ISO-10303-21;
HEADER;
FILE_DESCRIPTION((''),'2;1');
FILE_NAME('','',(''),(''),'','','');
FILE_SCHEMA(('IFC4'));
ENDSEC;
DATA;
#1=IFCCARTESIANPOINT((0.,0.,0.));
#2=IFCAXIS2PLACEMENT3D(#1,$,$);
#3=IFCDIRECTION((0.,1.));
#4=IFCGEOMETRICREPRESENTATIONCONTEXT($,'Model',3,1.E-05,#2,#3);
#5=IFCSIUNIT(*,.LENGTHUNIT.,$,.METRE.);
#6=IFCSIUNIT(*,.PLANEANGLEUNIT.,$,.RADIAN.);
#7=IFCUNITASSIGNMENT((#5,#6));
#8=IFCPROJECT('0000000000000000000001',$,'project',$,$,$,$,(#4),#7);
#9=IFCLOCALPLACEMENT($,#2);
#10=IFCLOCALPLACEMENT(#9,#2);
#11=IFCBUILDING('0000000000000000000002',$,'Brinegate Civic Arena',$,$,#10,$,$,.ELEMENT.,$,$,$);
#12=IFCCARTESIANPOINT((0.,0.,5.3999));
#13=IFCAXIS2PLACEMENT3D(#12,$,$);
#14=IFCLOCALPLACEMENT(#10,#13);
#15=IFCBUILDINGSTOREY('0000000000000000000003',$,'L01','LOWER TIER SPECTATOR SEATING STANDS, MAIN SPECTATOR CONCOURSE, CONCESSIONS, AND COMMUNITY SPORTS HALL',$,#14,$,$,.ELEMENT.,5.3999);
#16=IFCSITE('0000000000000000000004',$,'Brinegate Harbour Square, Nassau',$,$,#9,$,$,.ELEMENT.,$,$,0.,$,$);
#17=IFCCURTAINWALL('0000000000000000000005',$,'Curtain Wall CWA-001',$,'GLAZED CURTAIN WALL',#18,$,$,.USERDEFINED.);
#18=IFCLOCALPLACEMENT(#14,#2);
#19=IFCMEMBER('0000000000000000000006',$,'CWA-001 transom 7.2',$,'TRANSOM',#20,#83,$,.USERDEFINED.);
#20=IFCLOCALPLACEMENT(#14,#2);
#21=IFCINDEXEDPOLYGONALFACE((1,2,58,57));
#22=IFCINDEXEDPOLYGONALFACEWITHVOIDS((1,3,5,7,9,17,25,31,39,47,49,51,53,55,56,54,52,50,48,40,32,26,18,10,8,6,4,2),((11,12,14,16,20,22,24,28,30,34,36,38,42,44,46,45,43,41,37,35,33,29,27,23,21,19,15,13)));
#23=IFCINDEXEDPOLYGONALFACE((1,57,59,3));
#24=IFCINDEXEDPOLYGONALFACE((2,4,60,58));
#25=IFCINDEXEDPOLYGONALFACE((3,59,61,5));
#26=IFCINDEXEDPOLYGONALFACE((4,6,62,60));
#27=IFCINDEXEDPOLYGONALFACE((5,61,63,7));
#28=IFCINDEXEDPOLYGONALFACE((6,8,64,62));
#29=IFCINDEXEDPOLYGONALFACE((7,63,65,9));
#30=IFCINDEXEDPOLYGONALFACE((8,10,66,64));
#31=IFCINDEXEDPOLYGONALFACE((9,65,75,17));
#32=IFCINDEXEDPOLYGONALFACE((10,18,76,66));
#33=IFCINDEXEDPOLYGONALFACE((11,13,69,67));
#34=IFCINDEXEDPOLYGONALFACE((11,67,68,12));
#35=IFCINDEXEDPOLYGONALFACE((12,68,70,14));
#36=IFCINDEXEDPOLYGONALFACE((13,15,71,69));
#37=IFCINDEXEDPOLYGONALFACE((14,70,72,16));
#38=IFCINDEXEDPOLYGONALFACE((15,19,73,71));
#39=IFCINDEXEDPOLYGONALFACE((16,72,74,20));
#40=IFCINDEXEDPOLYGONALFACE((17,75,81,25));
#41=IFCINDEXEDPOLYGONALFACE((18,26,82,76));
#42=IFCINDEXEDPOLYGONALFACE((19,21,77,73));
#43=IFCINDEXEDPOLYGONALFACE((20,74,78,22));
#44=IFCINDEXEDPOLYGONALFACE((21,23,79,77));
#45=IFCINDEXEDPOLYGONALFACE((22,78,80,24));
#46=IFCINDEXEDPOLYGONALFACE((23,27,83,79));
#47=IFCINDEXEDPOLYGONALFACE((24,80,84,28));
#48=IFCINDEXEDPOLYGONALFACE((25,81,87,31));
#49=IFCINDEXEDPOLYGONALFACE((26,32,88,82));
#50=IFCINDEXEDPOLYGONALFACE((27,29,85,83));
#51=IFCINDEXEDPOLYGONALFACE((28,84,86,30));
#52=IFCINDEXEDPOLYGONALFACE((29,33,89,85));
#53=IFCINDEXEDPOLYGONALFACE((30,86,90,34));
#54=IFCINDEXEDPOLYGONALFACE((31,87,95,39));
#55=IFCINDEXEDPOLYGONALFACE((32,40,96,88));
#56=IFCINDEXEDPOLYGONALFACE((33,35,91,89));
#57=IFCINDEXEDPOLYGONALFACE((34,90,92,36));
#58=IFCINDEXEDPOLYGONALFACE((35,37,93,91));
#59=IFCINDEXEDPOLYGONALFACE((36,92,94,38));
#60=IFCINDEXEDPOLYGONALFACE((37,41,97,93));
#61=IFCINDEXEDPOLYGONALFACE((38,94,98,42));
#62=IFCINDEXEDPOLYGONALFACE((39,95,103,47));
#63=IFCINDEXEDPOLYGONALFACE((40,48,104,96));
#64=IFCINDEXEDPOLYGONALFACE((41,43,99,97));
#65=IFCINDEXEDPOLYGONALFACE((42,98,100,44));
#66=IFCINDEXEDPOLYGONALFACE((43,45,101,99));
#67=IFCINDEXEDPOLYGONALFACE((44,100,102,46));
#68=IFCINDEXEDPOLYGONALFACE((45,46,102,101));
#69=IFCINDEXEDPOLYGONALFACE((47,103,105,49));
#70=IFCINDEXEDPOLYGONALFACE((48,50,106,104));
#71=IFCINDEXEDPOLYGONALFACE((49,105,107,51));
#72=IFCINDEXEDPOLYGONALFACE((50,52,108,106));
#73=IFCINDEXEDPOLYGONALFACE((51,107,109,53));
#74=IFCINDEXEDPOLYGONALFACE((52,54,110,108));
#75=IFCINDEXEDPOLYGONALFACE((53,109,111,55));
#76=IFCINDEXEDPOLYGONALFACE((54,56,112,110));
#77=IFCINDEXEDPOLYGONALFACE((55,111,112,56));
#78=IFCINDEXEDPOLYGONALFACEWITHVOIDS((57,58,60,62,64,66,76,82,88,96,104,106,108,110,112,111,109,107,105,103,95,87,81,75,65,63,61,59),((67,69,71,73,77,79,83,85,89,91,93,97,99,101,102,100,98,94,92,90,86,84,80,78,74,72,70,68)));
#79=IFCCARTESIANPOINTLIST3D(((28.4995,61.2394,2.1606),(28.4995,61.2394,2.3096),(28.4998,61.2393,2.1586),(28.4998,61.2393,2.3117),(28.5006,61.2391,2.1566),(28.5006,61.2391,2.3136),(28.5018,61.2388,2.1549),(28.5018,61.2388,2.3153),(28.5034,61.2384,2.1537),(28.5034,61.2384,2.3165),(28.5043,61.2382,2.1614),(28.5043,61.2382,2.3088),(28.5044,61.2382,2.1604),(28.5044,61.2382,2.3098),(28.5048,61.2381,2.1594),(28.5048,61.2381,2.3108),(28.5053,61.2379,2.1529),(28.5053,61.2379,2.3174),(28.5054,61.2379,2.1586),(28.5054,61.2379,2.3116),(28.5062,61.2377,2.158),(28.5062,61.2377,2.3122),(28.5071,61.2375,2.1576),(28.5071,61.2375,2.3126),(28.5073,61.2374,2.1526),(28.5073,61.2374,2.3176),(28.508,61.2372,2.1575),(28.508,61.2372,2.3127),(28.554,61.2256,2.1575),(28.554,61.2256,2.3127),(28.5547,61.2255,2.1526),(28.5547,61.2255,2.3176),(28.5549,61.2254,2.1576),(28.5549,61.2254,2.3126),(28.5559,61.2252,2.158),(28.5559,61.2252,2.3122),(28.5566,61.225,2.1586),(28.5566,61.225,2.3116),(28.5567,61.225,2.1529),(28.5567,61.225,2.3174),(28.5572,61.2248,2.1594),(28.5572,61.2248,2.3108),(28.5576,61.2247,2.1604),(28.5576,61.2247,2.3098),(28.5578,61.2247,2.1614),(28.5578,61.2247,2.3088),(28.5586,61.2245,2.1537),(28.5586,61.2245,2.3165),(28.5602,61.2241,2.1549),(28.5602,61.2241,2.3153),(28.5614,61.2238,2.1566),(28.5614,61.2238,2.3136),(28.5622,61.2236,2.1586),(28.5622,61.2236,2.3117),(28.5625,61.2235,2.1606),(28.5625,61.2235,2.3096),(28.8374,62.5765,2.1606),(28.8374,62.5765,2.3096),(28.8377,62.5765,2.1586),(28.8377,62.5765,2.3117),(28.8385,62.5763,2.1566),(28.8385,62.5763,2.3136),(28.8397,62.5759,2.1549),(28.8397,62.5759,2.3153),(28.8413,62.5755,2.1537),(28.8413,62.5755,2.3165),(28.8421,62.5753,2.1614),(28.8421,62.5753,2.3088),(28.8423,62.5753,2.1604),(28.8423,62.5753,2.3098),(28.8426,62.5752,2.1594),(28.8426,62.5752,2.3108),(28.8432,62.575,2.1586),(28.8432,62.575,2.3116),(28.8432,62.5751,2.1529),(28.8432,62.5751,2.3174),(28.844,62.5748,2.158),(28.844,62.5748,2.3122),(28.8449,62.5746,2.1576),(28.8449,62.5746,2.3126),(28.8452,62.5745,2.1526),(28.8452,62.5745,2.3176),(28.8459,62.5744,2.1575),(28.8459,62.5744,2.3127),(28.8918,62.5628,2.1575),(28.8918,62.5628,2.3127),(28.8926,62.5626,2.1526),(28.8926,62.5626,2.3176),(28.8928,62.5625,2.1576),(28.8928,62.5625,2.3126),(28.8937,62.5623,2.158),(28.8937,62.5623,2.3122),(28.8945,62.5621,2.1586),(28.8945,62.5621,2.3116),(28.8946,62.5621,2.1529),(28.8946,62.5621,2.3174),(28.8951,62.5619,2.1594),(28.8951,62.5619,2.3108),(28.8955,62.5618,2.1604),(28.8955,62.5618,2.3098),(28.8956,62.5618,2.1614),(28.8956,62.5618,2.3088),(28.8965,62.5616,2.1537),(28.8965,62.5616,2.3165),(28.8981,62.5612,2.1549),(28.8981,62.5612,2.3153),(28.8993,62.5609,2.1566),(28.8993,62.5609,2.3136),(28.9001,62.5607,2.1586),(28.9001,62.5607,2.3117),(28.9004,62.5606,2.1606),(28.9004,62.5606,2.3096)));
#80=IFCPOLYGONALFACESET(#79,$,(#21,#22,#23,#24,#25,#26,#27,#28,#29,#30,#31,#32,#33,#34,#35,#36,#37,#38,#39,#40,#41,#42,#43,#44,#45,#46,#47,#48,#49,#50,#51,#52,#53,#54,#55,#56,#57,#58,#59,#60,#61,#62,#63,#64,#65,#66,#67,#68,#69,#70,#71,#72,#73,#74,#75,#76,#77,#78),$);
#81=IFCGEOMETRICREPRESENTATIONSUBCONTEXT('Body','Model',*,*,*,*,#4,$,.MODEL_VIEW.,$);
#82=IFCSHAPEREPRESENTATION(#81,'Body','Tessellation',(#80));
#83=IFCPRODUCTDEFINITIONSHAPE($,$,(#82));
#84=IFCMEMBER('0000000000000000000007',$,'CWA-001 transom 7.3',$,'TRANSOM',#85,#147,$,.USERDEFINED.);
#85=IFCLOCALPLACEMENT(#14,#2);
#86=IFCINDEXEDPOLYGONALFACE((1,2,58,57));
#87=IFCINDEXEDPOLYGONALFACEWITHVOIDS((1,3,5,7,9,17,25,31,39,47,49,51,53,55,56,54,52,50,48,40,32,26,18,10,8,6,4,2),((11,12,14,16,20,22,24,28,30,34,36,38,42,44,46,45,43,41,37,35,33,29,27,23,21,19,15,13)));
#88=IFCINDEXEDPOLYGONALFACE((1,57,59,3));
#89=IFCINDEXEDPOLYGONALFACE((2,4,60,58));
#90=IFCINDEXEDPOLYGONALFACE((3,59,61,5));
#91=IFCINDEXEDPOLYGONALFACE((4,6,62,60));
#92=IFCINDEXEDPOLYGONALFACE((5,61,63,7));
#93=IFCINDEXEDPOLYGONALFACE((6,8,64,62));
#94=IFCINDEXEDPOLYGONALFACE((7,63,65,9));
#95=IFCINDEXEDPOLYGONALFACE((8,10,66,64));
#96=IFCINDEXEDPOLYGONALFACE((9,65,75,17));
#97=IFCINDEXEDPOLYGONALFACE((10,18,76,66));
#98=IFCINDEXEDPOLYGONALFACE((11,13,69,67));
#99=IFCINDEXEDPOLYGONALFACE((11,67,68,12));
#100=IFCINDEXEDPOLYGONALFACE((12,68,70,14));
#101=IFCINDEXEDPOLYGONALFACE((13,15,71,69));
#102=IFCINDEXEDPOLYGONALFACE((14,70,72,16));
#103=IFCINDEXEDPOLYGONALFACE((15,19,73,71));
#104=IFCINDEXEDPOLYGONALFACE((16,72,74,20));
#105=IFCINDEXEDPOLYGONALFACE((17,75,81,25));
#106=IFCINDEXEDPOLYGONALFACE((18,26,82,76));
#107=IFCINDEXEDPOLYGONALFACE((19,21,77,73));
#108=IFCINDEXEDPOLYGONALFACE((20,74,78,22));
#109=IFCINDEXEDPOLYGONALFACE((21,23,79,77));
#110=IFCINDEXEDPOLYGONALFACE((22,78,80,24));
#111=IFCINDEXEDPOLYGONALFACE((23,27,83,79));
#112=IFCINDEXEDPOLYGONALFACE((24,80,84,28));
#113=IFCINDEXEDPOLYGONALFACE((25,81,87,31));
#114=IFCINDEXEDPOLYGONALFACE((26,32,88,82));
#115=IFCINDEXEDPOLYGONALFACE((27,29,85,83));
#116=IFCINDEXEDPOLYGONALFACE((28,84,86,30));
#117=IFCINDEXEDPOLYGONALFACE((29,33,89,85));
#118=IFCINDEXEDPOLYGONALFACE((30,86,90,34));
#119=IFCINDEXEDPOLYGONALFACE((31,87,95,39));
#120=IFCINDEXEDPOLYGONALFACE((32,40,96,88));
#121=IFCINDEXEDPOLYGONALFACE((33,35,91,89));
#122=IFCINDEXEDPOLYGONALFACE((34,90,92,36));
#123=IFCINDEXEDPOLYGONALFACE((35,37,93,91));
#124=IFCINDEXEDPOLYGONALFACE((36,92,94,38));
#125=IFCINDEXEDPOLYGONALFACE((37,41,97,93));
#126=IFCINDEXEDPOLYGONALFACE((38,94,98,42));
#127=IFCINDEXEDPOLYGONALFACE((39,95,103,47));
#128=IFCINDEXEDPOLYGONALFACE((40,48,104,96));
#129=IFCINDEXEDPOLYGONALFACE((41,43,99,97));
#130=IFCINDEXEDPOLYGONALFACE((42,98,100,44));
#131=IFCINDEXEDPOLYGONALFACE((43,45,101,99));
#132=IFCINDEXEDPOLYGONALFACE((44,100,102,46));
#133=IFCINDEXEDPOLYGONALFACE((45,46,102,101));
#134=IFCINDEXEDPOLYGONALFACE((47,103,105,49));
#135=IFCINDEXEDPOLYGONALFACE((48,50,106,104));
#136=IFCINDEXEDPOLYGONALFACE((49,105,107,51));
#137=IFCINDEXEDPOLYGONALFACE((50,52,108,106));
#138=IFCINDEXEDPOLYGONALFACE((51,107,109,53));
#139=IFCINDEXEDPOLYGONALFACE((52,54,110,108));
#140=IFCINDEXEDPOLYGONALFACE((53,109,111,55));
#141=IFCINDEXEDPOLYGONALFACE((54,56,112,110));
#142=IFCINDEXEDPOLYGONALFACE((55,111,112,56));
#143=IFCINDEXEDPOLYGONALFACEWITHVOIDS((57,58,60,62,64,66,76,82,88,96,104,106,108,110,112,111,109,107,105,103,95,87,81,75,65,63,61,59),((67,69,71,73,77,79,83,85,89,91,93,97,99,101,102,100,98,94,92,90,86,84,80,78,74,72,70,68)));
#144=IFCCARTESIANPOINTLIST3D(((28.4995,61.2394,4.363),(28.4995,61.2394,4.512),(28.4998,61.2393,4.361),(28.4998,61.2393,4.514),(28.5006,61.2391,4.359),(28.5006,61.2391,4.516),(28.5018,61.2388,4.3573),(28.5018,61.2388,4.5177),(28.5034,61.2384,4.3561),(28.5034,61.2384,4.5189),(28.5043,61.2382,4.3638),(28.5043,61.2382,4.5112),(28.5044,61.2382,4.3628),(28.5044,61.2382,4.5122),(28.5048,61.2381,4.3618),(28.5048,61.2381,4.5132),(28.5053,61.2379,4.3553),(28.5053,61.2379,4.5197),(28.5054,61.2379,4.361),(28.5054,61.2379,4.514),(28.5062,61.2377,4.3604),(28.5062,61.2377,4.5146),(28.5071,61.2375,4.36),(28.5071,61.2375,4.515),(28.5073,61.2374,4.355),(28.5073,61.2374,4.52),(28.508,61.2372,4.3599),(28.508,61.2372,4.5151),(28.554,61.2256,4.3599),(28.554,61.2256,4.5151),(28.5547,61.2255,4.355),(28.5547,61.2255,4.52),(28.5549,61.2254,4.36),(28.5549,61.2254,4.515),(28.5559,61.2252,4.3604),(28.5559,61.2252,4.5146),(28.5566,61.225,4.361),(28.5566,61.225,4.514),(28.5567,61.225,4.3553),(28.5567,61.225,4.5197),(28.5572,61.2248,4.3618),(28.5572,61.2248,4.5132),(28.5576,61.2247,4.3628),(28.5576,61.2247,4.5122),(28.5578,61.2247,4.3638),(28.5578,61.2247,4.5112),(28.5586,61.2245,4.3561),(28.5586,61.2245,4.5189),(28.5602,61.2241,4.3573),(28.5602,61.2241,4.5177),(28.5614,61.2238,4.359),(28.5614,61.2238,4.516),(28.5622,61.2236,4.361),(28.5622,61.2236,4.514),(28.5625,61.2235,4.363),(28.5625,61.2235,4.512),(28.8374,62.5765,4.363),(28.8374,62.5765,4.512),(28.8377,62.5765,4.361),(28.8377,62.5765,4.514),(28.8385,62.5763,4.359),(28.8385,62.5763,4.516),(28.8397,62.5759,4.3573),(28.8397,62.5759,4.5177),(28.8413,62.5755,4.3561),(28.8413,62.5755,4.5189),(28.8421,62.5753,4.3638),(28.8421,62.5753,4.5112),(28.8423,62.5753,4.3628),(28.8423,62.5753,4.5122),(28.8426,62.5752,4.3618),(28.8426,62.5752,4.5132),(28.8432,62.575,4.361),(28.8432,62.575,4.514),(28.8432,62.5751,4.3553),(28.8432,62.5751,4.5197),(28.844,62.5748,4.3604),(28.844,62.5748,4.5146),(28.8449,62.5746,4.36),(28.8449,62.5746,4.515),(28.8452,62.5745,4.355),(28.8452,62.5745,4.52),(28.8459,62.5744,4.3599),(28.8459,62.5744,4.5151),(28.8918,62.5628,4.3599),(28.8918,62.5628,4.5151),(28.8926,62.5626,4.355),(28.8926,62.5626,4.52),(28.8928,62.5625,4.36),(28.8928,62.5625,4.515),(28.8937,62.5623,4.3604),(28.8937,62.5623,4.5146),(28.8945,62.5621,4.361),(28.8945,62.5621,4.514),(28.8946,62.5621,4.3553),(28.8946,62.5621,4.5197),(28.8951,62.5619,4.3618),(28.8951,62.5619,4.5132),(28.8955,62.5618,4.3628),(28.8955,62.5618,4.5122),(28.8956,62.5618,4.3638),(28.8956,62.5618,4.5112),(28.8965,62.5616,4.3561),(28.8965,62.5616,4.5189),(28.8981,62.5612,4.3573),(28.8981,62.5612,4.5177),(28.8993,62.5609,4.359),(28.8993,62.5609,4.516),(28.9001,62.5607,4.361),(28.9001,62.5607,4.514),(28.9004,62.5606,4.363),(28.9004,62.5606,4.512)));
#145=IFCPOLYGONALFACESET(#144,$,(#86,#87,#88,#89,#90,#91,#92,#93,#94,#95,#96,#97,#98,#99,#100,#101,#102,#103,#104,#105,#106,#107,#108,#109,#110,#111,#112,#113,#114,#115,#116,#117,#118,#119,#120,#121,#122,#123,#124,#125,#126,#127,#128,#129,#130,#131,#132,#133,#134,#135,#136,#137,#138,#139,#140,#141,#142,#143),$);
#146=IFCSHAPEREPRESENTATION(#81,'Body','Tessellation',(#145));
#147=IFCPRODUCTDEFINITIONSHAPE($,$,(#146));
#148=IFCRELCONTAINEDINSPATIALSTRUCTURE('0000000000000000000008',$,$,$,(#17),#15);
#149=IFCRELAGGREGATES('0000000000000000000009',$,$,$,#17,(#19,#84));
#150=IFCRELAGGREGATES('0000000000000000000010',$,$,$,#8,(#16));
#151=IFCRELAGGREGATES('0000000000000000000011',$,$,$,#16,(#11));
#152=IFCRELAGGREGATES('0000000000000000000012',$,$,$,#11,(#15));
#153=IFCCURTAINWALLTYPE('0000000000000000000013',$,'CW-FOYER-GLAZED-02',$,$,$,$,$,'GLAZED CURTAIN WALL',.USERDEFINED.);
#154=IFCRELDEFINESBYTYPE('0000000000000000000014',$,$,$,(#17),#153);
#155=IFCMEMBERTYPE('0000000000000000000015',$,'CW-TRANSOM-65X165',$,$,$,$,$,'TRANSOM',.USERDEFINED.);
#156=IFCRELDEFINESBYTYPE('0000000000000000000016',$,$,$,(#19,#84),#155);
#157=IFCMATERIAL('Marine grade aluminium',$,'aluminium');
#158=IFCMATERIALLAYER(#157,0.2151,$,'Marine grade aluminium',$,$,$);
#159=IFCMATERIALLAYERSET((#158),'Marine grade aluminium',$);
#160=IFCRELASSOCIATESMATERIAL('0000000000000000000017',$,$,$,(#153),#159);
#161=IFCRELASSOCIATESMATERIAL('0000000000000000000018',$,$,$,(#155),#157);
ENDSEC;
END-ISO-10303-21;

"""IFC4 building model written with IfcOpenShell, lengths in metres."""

from ifc_helpers import new_model, si_unit, direction, frame, origin, origin_2d, place, context, subcontext, project, spatial, hollow_rectangle, extrude, material, layer, layer_set, material_profile, profile_set, type_object, element, aggregate, save


model = new_model("IFC4")

# Units and contexts
model_context = context("Model", 3, precision=1e-05, world=origin(), true_north=direction((0.0, 1.0)))
body_context = subcontext(model_context, "Body", "Model", "MODEL_VIEW")
ifc_project = project(units=[si_unit("LENGTHUNIT", "METRE"), si_unit("PLANEANGLEUNIT", "RADIAN")], contexts=[model_context])

# Site, building, storey
site_placement = place(None, origin())
site = spatial("IfcSite", under=ifc_project, at=site_placement, Name="Brinegate Harbour Square, Nassau", CompositionType="ELEMENT", RefElevation=0.0)
building_placement = place(site_placement, origin())
building = spatial("IfcBuilding", under=site, at=building_placement, Name="Brinegate Civic Arena", CompositionType="ELEMENT")
storey_placement = place(building_placement, frame((0.0, 0.0, 5.3999)))
storey = spatial("IfcBuildingStorey", under=building, at=storey_placement, Name="L01", Description="LOWER TIER SPECTATOR SEATING STANDS, MAIN SPECTATOR CONCOURSE, CONCESSIONS, AND COMMUNITY SPORTS HALL", CompositionType="ELEMENT", Elevation=5.3999)

# Curtain wall, members
ifc_material_1 = material(Name="Marine grade aluminium", Category="aluminium")
ifc_layer_1 = layer(ifc_material_1, 0.2151, Name="Marine grade aluminium")
ifc_layer_set_1 = layer_set([ifc_layer_1], Name="Marine grade aluminium")
curtain_wall_type = type_object("IfcCurtainWallType", Name="CW-FOYER-GLAZED-02", ElementType="GLAZED CURTAIN WALL", PredefinedType="USERDEFINED", material=ifc_layer_set_1)
curtain_wall_placement = place(storey_placement, origin())
curtain_wall = element("IfcCurtainWall", 1, at=curtain_wall_placement, inside=storey, type_object=curtain_wall_type, Name="Curtain Wall CWA-001", ObjectType="GLAZED CURTAIN WALL", PredefinedType="USERDEFINED")
ifc_material_profile_1 = material_profile(ifc_material_1, hollow_rectangle(XDim=0.0649, YDim=0.165, WallThickness=0.0049, InnerFilletRadius=0.0039, OuterFilletRadius=0.0081, at=origin_2d()), Name="TRN65X165")
ifc_profile_set_1 = profile_set([ifc_material_profile_1], Name="Marine grade aluminium")
member_type_1 = type_object("IfcMemberType", Name="CW-TRANSOM-65X165", ElementType="TRANSOM", PredefinedType="USERDEFINED", material=ifc_profile_set_1)
member_1_placement = place(storey_placement, frame((28.531, 61.2314, 2.2351), z_axis=(0.244992, 0.969525, 0.0), x_axis=(-0.969525, 0.244992, 0.0)))
member_1 = element("IfcMember", 2, at=member_1_placement, type_object=member_type_1, Name="CWA-001 transom 7.2", ObjectType="TRANSOM", PredefinedType="USERDEFINED", context=body_context, shape_type="SweptSolid", body=[
    extrude(hollow_rectangle(XDim=0.0649, YDim=0.165, WallThickness=0.0049, InnerFilletRadius=0.0039, OuterFilletRadius=0.0081, at=origin_2d()), origin(), (0.0, 0.0, 1.0), 1.3792),
])
member_2_placement = place(storey_placement, frame((28.531, 61.2314, 4.4375), z_axis=(0.244992, 0.969525, 0.0), x_axis=(-0.969525, 0.244992, 0.0)))
member_2 = element("IfcMember", 3, at=member_2_placement, type_object=member_type_1, Name="CWA-001 transom 7.3", ObjectType="TRANSOM", PredefinedType="USERDEFINED", context=body_context, shape_type="SweptSolid", body=[
    extrude(hollow_rectangle(XDim=0.0649, YDim=0.165, WallThickness=0.0049, InnerFilletRadius=0.0039, OuterFilletRadius=0.0081, at=origin_2d()), origin(), (0.0, 0.0, 1.0), 1.3792),
])
aggregate(curtain_wall, [member_1, member_2])

save(model, "model.ifc")
